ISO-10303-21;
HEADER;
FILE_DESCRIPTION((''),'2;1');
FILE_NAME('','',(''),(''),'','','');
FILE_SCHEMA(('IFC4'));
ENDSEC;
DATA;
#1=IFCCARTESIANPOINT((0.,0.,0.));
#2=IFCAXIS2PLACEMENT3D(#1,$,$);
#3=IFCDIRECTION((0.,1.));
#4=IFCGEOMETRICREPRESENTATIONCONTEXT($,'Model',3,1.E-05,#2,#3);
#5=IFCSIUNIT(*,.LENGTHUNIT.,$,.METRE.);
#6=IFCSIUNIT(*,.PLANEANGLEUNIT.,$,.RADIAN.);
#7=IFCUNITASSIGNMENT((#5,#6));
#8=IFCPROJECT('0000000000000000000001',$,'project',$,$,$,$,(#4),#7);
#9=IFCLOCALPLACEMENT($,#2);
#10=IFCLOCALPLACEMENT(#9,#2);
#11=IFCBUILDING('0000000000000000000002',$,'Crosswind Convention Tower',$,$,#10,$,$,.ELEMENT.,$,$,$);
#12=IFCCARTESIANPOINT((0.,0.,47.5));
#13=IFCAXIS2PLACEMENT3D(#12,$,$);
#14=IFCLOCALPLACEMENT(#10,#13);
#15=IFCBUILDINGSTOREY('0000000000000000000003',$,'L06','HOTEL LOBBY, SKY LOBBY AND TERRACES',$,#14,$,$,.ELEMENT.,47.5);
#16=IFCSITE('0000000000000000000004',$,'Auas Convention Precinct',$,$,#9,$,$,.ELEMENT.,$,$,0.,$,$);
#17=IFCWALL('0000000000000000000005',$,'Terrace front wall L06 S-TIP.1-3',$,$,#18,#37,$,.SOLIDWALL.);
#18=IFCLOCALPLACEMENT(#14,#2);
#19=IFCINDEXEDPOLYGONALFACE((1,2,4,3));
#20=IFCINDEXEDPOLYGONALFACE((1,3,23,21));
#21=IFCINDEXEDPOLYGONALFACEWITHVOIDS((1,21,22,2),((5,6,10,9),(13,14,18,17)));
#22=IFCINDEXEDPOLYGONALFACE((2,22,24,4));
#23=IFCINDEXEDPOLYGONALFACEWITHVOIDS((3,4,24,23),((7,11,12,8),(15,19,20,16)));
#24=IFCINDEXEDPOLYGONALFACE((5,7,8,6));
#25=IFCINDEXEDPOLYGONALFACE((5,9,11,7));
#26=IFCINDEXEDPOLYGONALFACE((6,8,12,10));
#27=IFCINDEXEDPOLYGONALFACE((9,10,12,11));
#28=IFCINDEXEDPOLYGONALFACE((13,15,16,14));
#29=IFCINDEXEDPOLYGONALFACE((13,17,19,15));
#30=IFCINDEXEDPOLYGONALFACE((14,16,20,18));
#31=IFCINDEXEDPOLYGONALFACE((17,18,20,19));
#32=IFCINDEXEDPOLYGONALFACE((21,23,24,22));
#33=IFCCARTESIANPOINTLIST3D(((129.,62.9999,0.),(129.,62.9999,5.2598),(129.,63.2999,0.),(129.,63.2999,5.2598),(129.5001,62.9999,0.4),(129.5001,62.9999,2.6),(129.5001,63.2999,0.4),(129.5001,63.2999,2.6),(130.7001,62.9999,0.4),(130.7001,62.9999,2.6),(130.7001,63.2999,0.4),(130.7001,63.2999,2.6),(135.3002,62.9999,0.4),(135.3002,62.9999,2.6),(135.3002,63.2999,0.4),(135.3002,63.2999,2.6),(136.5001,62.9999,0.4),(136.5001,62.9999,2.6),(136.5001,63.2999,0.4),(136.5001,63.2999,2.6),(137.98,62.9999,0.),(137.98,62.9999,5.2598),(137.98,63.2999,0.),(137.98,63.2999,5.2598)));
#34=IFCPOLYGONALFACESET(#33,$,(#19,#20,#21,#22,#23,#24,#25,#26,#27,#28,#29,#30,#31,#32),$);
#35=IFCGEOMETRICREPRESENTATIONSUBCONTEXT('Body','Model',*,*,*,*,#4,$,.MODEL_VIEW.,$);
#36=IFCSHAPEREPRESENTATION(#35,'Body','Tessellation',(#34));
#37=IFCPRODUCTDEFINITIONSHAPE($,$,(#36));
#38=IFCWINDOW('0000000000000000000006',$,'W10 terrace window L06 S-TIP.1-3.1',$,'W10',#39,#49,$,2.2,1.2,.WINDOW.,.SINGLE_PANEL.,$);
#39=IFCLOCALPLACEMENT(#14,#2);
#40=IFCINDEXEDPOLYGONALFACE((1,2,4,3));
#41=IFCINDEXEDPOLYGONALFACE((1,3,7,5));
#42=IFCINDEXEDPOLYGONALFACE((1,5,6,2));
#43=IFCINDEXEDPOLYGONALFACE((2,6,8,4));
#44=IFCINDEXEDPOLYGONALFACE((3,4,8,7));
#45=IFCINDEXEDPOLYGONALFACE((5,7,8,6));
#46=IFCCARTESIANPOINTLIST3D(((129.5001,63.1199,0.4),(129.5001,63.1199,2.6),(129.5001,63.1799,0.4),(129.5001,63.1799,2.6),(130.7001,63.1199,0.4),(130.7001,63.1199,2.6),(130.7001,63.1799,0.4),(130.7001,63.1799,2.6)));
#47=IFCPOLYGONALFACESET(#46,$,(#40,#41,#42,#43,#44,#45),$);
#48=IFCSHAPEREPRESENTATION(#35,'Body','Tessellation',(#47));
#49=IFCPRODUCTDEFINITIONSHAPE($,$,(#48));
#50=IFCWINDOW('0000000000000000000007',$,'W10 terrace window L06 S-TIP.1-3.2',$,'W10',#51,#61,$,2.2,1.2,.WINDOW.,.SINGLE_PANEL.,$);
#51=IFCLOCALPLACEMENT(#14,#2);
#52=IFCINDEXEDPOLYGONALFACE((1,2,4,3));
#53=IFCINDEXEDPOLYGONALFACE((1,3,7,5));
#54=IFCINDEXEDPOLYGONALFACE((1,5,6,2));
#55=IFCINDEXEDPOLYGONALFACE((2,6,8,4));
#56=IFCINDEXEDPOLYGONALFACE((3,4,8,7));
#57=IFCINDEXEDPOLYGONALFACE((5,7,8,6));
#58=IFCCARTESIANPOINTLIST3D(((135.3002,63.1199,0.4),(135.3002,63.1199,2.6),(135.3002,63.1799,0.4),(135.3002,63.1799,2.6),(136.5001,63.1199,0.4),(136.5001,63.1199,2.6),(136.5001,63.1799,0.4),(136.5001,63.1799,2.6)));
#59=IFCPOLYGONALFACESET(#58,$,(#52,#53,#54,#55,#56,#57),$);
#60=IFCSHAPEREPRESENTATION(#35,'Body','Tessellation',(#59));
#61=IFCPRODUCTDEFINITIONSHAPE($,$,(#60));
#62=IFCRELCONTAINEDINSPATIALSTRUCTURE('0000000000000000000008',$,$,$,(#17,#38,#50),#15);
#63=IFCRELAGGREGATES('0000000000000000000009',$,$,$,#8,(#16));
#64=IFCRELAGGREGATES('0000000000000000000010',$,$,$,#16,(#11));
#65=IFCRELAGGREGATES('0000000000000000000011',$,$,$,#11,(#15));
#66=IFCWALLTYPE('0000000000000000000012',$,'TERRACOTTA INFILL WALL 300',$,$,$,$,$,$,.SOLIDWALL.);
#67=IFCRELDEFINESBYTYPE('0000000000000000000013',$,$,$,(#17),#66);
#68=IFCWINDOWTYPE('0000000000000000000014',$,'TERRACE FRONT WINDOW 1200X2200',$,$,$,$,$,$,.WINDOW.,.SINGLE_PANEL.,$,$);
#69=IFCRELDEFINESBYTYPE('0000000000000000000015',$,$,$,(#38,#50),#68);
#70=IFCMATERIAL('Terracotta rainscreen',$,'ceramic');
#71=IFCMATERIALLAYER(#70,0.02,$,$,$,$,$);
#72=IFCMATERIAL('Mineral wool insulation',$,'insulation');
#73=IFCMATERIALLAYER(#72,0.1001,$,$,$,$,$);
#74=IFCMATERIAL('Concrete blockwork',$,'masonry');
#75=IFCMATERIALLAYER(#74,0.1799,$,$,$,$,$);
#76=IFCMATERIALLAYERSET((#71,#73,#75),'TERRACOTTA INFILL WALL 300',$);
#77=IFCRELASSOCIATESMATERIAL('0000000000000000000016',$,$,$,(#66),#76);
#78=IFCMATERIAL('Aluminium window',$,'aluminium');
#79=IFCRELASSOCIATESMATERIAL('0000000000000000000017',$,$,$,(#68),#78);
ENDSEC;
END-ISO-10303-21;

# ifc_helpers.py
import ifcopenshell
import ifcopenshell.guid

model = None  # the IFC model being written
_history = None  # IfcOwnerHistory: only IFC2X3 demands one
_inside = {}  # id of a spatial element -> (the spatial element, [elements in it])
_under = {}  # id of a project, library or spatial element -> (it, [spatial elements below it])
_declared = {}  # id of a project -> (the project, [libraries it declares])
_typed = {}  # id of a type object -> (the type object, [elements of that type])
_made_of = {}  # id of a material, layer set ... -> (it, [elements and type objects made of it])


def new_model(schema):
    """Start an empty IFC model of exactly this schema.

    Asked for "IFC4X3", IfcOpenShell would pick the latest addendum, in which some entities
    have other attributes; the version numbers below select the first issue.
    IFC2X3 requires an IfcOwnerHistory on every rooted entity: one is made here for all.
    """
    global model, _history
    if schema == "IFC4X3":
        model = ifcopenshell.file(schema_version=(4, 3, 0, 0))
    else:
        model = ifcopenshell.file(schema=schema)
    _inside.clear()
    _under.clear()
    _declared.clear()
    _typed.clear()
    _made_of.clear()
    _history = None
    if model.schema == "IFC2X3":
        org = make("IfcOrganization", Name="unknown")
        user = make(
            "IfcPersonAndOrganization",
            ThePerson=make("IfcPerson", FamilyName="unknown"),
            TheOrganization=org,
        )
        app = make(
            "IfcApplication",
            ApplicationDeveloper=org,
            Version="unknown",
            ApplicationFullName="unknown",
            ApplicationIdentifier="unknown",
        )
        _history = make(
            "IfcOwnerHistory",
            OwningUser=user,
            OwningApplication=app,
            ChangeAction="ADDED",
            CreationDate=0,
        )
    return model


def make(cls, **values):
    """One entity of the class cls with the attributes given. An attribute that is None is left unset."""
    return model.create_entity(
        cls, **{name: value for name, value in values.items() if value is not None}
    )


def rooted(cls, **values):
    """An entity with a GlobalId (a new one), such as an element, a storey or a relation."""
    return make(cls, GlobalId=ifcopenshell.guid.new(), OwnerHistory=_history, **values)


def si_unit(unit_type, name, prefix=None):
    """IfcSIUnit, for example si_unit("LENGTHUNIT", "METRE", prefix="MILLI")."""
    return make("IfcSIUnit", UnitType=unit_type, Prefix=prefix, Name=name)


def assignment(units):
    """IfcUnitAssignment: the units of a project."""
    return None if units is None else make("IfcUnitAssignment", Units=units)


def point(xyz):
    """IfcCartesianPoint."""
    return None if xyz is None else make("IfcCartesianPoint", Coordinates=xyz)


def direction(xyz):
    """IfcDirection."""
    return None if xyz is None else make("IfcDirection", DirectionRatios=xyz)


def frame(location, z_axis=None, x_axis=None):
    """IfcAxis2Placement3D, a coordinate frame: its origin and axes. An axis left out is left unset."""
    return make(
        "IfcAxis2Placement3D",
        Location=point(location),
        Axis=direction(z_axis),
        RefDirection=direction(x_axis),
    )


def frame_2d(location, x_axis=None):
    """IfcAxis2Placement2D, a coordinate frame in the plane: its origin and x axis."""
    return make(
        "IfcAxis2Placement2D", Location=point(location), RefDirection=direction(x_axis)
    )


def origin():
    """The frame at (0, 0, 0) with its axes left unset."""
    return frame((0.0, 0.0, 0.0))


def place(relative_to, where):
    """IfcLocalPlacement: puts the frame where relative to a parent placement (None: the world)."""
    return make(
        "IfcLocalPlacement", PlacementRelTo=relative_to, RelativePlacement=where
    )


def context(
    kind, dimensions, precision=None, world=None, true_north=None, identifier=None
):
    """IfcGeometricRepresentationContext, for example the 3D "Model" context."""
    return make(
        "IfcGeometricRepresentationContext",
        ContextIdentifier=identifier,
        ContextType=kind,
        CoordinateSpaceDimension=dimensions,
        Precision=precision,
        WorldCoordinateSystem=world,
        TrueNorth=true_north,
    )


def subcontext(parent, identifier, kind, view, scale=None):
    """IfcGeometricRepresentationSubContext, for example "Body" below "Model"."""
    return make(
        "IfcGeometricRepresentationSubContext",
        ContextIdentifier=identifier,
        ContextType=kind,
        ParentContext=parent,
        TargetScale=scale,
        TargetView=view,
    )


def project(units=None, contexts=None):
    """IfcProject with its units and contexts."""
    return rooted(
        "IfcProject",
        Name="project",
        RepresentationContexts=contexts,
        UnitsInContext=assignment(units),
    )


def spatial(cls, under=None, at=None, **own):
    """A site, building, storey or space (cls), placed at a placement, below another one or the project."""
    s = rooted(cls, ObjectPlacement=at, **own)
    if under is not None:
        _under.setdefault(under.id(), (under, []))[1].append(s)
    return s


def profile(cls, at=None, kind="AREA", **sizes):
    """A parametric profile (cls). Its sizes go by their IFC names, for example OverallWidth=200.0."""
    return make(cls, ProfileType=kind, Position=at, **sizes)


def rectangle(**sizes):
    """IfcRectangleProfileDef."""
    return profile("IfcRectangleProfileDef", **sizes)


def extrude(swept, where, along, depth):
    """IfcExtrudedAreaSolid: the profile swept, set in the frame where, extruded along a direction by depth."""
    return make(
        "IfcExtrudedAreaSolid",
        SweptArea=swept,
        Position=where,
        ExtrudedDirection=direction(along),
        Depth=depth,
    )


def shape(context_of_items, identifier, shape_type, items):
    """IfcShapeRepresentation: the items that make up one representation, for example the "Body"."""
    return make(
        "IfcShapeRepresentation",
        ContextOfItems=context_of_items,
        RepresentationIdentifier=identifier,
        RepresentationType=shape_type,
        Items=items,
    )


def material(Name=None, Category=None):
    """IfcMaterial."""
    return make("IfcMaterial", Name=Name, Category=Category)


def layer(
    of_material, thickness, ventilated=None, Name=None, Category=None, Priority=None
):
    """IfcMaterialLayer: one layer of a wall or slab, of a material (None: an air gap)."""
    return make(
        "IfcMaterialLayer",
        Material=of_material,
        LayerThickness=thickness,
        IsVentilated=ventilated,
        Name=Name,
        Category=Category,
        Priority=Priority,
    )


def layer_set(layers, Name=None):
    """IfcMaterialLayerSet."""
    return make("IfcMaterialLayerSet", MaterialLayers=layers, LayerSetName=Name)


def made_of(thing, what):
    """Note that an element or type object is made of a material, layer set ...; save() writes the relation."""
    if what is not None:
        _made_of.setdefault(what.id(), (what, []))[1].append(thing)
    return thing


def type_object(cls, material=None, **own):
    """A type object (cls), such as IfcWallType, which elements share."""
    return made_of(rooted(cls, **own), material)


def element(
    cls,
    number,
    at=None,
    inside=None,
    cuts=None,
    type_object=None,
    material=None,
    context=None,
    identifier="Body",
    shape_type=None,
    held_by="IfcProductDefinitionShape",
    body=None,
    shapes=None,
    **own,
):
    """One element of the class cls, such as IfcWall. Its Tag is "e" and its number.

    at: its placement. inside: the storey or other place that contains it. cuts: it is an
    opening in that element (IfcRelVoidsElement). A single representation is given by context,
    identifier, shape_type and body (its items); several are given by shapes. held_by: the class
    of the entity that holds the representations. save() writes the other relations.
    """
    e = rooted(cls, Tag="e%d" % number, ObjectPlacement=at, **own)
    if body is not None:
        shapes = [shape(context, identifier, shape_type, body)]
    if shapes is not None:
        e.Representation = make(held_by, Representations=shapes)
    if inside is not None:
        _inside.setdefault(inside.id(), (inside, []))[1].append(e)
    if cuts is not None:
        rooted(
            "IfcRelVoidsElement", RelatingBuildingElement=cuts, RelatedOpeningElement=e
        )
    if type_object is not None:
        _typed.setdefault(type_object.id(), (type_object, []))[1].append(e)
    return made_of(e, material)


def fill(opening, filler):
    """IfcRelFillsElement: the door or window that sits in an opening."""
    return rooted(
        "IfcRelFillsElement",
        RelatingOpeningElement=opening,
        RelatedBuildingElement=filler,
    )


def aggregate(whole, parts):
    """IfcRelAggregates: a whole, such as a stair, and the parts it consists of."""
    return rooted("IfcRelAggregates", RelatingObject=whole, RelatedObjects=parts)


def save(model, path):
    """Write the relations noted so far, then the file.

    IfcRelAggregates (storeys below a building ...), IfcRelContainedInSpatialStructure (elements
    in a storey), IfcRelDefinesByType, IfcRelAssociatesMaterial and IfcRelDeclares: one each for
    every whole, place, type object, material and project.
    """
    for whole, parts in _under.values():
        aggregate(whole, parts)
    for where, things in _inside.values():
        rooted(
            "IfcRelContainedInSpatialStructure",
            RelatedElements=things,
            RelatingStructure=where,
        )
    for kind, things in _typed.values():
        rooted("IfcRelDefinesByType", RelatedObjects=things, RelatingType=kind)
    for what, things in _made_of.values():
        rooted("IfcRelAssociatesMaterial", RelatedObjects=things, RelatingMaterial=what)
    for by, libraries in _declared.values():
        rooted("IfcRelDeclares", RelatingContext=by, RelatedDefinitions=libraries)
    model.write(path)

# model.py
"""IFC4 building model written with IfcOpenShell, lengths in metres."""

from ifc_helpers import new_model, si_unit, direction, frame, frame_2d, origin, place, context, subcontext, project, spatial, rectangle, extrude, material, layer, layer_set, type_object, element, fill, save


model = new_model("IFC4")

# Units and contexts
model_context = context("Model", 3, precision=1e-05, world=origin(), true_north=direction((0.0, 1.0)))
body_context = subcontext(model_context, "Body", "Model", "MODEL_VIEW")
ifc_project = project(units=[si_unit("LENGTHUNIT", "METRE"), si_unit("PLANEANGLEUNIT", "RADIAN")], contexts=[model_context])

# Site, building, storey
site_placement = place(None, origin())
site = spatial("IfcSite", under=ifc_project, at=site_placement, Name="Auas Convention Precinct", CompositionType="ELEMENT", RefElevation=0.0)
building_placement = place(site_placement, origin())
building = spatial("IfcBuilding", under=site, at=building_placement, Name="Crosswind Convention Tower", CompositionType="ELEMENT")
storey_placement = place(building_placement, frame((0.0, 0.0, 47.5)))
storey = spatial("IfcBuildingStorey", under=building, at=storey_placement, Name="L06", Description="HOTEL LOBBY, SKY LOBBY AND TERRACES", CompositionType="ELEMENT", Elevation=47.5)

# Shared definitions
ifc_material_1 = material(Name="Terracotta rainscreen", Category="ceramic")
ifc_layer_1 = layer(ifc_material_1, 0.02)
ifc_material_2 = material(Name="Mineral wool insulation", Category="insulation")
ifc_layer_2 = layer(ifc_material_2, 0.1001)
ifc_material_3 = material(Name="Concrete blockwork", Category="masonry")
ifc_layer_3 = layer(ifc_material_3, 0.1799)
ifc_layer_set_1 = layer_set([ifc_layer_1, ifc_layer_2, ifc_layer_3], Name="TERRACOTTA INFILL WALL 300")
wall_type_1 = type_object("IfcWallType", Name="TERRACOTTA INFILL WALL 300", PredefinedType="SOLIDWALL", material=ifc_layer_set_1)
ifc_material_4 = material(Name="Aluminium window", Category="aluminium")
window_type = type_object("IfcWindowType", Name="TERRACE FRONT WINDOW 1200X2200", PartitioningType="SINGLE_PANEL", PredefinedType="WINDOW", material=ifc_material_4)

# Wall, openings, windows
wall_1_placement = place(storey_placement, frame((129.0, 63.1499, 0.0), z_axis=(0.0, 0.0, 1.0), x_axis=(1.0, 0.0, 0.0)))
wall_1 = element("IfcWall", 1, at=wall_1_placement, inside=storey, type_object=wall_type_1, Name="Terrace front wall L06 S-TIP.1-3", PredefinedType="SOLIDWALL", context=body_context, shape_type="SweptSolid", body=[
    extrude(rectangle(XDim=8.98, YDim=0.3, at=frame_2d((4.49, 0.0))), origin(), (0.0, 0.0, 1.0), 5.2598),
])
opening_1_placement = place(wall_1_placement, frame((0.5, 0.0, 0.3999)))
opening_1 = element("IfcOpeningElement", 2, at=opening_1_placement, cuts=wall_1, PredefinedType="OPENING", context=body_context, shape_type="SweptSolid", body=[
    extrude(rectangle(XDim=1.2, YDim=2.2, at=frame_2d((0.6001, 1.1001))), frame((0.0, 0.1599, 0.0), z_axis=(0.0, -1.0, 0.0), x_axis=(1.0, 0.0, 0.0)), (0.0, 0.0, 1.0), 0.3201),
])
opening_2_placement = place(wall_1_placement, frame((6.3, 0.0, 0.3999)))
opening_2 = element("IfcOpeningElement", 3, at=opening_2_placement, cuts=wall_1, PredefinedType="OPENING", context=body_context, shape_type="SweptSolid", body=[
    extrude(rectangle(XDim=1.2, YDim=2.2, at=frame_2d((0.6001, 1.1001))), frame((0.0, 0.1599, 0.0), z_axis=(0.0, -1.0, 0.0), x_axis=(1.0, 0.0, 0.0)), (0.0, 0.0, 1.0), 0.3201),
])
window_1_placement = place(opening_1_placement, origin())
window_1 = element("IfcWindow", 4, at=window_1_placement, inside=storey, type_object=window_type, Name="W10 terrace window L06 S-TIP.1-3.1", ObjectType="W10", OverallHeight=2.2, OverallWidth=1.2, PartitioningType="SINGLE_PANEL", PredefinedType="WINDOW", context=body_context, shape_type="SweptSolid", body=[
    extrude(rectangle(XDim=1.2, YDim=2.2, at=frame_2d((0.6001, 1.1001))), frame((0.0, 0.03, 0.0), z_axis=(0.0, -1.0, 0.0), x_axis=(1.0, 0.0, 0.0)), (0.0, 0.0, 1.0), 0.0601),
])
fill(opening_1, window_1)
window_2_placement = place(opening_2_placement, origin())
window_2 = element("IfcWindow", 5, at=window_2_placement, inside=storey, type_object=window_type, Name="W10 terrace window L06 S-TIP.1-3.2", ObjectType="W10", OverallHeight=2.2, OverallWidth=1.2, PartitioningType="SINGLE_PANEL", PredefinedType="WINDOW", context=body_context, shape_type="SweptSolid", body=[
    extrude(rectangle(XDim=1.2, YDim=2.2, at=frame_2d((0.6001, 1.1001))), frame((0.0, 0.03, 0.0), z_axis=(0.0, -1.0, 0.0), x_axis=(1.0, 0.0, 0.0)), (0.0, 0.0, 1.0), 0.0601),
])
fill(opening_2, window_2)

save(model, "model.ifc")
